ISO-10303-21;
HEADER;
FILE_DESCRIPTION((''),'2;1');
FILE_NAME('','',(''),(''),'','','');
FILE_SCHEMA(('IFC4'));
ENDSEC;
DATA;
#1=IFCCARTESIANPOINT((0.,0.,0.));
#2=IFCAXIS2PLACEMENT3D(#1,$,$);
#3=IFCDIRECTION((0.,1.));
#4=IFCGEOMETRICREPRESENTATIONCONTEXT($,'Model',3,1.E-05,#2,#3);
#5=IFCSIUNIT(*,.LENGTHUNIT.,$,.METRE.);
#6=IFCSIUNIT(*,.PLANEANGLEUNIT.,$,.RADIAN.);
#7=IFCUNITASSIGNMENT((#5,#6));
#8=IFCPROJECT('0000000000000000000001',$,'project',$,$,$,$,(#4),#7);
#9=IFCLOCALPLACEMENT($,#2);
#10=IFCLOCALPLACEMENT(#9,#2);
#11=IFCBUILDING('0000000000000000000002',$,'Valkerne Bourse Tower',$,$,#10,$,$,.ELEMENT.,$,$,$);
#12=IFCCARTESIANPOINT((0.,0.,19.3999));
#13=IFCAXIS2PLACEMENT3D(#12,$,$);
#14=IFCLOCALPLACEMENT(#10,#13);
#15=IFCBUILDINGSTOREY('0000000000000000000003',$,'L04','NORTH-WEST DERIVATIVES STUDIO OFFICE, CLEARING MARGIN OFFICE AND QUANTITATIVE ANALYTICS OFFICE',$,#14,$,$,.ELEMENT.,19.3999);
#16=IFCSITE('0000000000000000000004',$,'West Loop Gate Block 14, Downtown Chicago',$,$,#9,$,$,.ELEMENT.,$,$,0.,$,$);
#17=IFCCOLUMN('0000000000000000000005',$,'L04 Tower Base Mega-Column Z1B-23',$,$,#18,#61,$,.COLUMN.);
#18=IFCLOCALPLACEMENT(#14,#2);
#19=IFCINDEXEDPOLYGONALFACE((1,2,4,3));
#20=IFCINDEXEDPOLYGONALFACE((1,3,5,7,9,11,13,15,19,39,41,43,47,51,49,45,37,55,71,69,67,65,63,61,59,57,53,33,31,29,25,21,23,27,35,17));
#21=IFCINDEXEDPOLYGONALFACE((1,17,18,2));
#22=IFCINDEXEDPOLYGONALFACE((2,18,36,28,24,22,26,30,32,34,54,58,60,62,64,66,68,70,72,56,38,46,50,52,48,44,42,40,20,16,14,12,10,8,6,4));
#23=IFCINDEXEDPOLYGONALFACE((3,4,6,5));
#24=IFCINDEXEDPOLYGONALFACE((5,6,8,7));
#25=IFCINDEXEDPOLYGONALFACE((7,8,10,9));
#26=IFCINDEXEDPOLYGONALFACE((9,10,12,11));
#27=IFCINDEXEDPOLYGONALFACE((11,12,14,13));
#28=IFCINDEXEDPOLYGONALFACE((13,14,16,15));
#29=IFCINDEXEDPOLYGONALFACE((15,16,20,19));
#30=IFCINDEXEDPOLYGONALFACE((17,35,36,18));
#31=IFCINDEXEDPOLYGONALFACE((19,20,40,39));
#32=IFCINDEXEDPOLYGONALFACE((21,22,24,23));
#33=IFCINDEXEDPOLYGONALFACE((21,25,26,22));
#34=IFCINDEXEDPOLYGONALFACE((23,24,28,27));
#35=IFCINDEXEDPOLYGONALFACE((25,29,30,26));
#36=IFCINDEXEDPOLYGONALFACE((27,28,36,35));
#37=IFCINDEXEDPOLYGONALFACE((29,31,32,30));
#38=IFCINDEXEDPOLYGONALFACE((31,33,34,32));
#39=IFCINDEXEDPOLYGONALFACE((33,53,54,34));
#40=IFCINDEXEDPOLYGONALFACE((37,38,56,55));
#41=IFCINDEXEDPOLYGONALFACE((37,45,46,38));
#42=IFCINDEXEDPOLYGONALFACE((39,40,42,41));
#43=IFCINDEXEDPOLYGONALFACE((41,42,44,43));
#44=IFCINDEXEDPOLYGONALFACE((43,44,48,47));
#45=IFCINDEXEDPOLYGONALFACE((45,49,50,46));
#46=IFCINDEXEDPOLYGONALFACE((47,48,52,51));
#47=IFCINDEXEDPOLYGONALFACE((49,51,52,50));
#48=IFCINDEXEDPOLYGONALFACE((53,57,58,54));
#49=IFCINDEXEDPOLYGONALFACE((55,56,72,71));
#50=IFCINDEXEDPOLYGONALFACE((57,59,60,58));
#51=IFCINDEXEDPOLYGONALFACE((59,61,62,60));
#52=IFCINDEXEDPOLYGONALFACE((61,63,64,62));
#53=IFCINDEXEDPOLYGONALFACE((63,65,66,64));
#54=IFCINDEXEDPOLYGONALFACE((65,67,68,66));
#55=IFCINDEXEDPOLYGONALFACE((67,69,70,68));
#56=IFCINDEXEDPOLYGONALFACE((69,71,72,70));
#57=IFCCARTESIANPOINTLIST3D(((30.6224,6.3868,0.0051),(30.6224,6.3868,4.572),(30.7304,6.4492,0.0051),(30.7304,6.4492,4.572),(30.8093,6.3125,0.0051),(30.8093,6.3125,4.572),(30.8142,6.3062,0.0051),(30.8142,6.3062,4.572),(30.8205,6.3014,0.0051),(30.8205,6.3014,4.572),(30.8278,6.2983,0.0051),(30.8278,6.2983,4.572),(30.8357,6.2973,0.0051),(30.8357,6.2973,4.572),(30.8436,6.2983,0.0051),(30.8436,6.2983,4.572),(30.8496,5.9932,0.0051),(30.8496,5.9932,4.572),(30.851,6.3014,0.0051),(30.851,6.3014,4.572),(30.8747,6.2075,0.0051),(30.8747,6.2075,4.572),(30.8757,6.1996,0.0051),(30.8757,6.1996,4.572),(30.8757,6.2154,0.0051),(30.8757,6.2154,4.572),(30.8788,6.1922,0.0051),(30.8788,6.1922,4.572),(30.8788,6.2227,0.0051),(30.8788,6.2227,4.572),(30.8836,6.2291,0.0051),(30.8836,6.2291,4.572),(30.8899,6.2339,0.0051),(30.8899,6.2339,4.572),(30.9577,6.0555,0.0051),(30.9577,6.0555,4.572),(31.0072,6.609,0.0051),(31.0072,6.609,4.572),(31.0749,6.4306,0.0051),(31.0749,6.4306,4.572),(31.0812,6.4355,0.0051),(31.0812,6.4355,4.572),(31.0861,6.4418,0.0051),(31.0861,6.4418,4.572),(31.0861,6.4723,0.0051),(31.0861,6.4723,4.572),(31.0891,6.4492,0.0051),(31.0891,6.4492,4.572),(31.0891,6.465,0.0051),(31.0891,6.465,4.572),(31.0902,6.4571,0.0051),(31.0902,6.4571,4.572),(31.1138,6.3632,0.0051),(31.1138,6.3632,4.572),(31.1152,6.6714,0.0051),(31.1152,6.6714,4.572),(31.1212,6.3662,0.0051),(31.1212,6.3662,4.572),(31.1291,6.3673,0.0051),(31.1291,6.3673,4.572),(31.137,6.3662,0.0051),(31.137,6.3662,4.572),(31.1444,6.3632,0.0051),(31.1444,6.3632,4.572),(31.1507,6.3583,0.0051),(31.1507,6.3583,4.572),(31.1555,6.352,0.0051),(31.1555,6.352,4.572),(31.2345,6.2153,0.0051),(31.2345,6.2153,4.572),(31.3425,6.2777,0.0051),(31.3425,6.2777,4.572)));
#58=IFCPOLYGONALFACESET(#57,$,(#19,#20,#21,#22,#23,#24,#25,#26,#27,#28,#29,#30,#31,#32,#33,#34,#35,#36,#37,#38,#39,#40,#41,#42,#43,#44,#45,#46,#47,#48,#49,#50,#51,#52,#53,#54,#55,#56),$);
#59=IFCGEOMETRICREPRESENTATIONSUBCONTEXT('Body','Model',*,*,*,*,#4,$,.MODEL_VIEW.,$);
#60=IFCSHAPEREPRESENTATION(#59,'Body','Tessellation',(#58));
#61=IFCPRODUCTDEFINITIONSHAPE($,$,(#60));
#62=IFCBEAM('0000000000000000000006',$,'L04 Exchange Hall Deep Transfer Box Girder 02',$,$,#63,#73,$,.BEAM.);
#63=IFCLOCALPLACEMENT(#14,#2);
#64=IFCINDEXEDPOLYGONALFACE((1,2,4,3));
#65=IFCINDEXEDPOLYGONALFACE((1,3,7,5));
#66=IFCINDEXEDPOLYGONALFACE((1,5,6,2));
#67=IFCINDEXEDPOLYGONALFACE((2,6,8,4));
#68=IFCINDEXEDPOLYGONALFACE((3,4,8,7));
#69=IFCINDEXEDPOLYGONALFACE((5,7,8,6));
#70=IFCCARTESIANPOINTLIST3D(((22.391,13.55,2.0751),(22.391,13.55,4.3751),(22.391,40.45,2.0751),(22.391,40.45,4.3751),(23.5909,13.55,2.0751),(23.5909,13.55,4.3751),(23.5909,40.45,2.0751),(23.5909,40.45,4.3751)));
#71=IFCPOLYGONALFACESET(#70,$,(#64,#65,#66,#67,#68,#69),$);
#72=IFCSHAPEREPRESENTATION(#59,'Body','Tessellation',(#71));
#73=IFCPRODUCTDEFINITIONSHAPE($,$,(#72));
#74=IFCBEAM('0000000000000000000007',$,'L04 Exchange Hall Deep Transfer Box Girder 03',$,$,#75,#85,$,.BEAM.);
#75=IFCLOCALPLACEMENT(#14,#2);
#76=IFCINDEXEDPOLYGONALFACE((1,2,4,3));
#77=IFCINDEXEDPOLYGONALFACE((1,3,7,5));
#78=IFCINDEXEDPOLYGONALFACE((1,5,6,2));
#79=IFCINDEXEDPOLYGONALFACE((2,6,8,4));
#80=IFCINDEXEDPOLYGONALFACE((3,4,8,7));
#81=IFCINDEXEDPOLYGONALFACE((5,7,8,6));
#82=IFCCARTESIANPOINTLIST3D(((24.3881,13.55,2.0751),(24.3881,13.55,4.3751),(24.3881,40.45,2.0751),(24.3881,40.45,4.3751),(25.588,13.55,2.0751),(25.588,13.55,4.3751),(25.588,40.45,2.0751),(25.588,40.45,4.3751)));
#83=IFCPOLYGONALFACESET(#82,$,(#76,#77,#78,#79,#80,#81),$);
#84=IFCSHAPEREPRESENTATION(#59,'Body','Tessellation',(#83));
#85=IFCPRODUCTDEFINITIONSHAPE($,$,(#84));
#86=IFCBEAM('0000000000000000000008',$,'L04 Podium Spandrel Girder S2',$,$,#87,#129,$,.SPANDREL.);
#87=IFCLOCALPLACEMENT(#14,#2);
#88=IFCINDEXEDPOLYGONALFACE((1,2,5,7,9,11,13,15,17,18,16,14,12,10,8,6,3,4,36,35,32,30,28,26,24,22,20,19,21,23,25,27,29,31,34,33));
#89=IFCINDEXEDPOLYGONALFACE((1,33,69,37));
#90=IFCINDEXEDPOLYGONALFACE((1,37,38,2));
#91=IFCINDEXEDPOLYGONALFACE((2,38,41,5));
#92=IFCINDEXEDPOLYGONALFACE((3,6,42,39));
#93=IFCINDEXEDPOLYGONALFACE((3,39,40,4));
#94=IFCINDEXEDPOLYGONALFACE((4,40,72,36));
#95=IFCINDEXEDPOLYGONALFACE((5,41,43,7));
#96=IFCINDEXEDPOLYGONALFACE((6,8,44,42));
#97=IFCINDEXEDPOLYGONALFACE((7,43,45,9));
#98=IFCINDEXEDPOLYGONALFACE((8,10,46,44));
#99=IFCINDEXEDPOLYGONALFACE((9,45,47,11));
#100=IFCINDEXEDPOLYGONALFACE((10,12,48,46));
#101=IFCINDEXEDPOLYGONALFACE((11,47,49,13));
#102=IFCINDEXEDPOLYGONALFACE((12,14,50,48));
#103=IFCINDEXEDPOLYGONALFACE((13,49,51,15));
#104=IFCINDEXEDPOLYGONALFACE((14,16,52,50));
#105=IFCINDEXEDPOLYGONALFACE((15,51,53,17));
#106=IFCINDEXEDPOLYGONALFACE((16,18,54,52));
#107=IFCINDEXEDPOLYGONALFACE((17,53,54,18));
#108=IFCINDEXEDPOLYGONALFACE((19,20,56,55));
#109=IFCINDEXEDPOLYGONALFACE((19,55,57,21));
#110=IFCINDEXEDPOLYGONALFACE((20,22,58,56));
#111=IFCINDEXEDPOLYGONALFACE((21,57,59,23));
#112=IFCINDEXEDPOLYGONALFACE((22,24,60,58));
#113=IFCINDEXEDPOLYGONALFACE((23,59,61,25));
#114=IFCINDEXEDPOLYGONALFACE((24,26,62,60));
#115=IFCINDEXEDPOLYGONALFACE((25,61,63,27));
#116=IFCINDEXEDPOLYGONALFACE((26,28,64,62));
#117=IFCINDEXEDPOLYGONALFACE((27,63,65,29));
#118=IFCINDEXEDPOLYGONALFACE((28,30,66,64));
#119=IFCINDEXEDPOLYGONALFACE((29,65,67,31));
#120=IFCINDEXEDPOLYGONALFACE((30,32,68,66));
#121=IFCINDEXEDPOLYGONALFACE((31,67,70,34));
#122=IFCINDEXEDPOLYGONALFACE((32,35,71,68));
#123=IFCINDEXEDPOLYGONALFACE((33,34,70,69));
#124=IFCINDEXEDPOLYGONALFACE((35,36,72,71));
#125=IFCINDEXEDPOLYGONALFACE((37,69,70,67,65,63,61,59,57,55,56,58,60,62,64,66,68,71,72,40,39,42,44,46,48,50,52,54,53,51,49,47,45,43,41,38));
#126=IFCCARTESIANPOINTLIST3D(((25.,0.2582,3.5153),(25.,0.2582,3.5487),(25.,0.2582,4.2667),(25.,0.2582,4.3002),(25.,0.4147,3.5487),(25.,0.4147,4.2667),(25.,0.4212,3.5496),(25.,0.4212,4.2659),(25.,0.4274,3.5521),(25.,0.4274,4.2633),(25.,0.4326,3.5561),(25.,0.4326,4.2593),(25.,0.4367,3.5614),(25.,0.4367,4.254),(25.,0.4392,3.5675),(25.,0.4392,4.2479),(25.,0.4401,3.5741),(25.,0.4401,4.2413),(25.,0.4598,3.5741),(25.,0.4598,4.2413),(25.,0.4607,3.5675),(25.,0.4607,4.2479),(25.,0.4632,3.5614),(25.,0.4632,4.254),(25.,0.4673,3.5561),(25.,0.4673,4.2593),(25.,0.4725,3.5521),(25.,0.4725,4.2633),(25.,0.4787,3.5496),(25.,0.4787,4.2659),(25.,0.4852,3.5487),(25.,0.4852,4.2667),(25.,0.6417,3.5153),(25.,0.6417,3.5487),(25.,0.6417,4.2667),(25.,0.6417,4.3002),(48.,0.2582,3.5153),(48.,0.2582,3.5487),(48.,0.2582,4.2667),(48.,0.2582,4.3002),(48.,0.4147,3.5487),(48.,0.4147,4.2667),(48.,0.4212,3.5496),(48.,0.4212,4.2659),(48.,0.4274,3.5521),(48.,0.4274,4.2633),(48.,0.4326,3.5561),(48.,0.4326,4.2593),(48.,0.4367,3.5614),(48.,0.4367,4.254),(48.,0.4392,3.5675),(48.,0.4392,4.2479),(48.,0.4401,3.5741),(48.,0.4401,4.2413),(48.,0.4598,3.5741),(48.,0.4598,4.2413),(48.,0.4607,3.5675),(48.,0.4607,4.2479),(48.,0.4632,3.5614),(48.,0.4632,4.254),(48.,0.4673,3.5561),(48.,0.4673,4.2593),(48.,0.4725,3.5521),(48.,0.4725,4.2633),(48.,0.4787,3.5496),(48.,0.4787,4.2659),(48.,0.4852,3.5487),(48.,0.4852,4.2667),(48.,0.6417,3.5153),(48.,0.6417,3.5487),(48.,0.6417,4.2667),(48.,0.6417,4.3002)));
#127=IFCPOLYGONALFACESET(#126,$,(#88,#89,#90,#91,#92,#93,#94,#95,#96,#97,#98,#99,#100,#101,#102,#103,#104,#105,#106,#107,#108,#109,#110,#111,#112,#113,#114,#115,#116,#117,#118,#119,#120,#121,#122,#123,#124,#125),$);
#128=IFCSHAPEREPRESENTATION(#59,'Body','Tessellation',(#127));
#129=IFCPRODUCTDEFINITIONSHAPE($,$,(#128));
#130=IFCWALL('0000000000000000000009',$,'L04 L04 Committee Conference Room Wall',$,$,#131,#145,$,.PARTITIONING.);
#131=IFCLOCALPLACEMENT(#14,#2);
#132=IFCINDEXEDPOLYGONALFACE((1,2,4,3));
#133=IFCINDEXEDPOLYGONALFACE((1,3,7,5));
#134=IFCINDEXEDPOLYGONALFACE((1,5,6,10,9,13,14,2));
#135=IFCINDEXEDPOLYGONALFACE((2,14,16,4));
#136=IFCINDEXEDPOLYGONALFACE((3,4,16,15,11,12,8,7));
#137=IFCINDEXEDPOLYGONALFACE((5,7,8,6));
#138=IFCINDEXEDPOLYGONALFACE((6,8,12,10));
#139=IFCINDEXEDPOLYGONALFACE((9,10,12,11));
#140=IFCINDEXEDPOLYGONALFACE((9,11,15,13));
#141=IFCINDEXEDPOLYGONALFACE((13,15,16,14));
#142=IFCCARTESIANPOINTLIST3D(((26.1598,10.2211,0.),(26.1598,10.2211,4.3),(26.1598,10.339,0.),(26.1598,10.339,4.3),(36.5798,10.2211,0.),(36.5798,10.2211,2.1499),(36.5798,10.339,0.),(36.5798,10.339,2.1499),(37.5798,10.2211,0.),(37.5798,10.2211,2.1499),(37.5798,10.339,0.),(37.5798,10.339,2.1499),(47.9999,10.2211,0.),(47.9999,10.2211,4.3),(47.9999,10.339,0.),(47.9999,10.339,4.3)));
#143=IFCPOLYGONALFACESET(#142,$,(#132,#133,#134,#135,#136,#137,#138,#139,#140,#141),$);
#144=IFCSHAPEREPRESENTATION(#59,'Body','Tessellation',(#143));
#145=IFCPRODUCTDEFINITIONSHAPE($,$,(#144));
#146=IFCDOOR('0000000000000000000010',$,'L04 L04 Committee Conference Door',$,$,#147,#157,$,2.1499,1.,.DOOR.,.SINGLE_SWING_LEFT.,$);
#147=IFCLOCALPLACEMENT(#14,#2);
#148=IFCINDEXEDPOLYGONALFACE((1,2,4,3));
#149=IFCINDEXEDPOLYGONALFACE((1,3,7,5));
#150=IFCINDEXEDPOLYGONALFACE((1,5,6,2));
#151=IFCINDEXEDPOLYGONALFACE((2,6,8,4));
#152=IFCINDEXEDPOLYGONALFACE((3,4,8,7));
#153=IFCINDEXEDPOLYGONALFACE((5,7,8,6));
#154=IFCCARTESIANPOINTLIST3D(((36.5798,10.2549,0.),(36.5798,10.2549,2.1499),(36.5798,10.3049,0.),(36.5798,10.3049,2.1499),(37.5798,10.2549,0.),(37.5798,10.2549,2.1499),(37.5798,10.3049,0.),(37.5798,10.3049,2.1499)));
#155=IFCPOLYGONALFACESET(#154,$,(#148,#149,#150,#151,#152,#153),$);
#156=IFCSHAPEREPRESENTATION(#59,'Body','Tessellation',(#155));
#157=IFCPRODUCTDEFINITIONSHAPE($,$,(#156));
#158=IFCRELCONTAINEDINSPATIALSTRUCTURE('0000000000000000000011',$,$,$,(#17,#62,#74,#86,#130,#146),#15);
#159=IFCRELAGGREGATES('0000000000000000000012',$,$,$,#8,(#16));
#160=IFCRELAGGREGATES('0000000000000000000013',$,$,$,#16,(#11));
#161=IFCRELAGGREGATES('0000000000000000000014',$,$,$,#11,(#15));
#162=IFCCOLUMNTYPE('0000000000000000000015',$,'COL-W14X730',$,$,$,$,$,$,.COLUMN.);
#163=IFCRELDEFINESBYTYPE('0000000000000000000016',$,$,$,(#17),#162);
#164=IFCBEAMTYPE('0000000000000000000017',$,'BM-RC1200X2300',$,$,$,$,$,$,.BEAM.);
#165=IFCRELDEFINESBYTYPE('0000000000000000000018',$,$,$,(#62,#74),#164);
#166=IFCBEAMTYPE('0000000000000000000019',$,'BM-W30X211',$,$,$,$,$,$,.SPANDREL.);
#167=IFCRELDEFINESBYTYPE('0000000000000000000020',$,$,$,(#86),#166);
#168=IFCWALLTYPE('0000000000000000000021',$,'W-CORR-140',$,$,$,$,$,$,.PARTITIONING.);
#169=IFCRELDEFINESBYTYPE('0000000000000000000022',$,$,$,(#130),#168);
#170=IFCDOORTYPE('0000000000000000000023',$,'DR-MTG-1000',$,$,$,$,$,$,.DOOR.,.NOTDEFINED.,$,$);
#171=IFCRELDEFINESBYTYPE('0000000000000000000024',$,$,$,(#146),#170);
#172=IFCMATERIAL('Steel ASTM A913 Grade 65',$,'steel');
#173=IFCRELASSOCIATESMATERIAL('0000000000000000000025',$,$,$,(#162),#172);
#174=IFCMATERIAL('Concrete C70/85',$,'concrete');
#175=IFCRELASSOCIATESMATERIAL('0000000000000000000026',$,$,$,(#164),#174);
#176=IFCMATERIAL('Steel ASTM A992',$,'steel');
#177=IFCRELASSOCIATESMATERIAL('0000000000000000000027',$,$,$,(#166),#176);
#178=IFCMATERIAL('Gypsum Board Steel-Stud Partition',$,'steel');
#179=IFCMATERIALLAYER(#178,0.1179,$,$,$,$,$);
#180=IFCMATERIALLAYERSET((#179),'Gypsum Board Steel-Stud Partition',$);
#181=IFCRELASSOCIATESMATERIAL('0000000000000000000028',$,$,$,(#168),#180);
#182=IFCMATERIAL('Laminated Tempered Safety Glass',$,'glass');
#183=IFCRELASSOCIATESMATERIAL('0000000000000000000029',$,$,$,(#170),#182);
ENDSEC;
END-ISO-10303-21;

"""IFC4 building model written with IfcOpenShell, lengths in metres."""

from ifc_helpers import new_model, si_unit, direction, frame, frame_2d, origin, origin_2d, place, context, subcontext, project, spatial, rectangle, i_section, extrude, material, layer, layer_set, material_profile, profile_set, type_object, element, fill, save


model = new_model("IFC4")

# Units and contexts
model_context = context("Model", 3, precision=1e-05, world=origin(), true_north=direction((0.0, 1.0)))
body_context = subcontext(model_context, "Body", "Model", "MODEL_VIEW")
ifc_project = project(units=[si_unit("LENGTHUNIT", "METRE"), si_unit("PLANEANGLEUNIT", "RADIAN")], contexts=[model_context])

# Site, building, storey
site_placement = place(None, origin())
site = spatial("IfcSite", under=ifc_project, at=site_placement, Name="West Loop Gate Block 14, Downtown Chicago", CompositionType="ELEMENT", RefElevation=0.0)
building_placement = place(site_placement, origin())
building = spatial("IfcBuilding", under=site, at=building_placement, Name="Valkerne Bourse Tower", CompositionType="ELEMENT")
storey_placement = place(building_placement, frame((0.0, 0.0, 19.3999)))
storey = spatial("IfcBuildingStorey", under=building, at=storey_placement, Name="L04", Description="NORTH-WEST DERIVATIVES STUDIO OFFICE, CLEARING MARGIN OFFICE AND QUANTITATIVE ANALYTICS OFFICE", CompositionType="ELEMENT", Elevation=19.3999)

# Column
ifc_material_1 = material(Name="Concrete C70/85", Category="concrete")
ifc_material_2 = material(Name="Steel ASTM A913 Grade 65", Category="steel")
ifc_material_profile_1 = material_profile(ifc_material_2, i_section(OverallWidth=0.4546, OverallDepth=0.5691, WebThickness=0.0779, FlangeThickness=0.1248, FilletRadius=0.0305, at=origin_2d()), Name="W14X730")
ifc_profile_set_1 = profile_set([ifc_material_profile_1], Name="Steel ASTM A913 Grade 65")
column_type_1 = type_object("IfcColumnType", Name="COL-W14X730", PredefinedType="COLUMN", material=ifc_profile_set_1)
for number, where, z_axis, x_axis, name in (
    (1, (30.9824, 6.3323, 0.0051), (0.0, 0.0, 1.0), (0.5, -0.866025, 0.0), "L04 Tower Base Mega-Column Z1B-23"),
):
    element("IfcColumn", number, at=place(storey_placement, frame(where, z_axis=z_axis, x_axis=x_axis)), inside=storey, type_object=column_type_1, Name=name, PredefinedType="COLUMN", context=body_context, shape_type="SweptSolid", body=[
        extrude(i_section(OverallWidth=0.4546, OverallDepth=0.5691, WebThickness=0.0779, FlangeThickness=0.1248, FilletRadius=0.0305, at=origin_2d()), origin(), (0.0, 0.0, 1.0), 4.5669),
    ])

# Beams
ifc_material_profile_2 = material_profile(ifc_material_1, rectangle(XDim=1.2, YDim=2.3, at=origin_2d()), Name="RC1200X2300")
ifc_profile_set_2 = profile_set([ifc_material_profile_2], Name="Concrete C70/85")
beam_type_1 = type_object("IfcBeamType", Name="BM-RC1200X2300", PredefinedType="BEAM", material=ifc_profile_set_2)
for number, where, z_axis, x_axis, name in (
    (2, (22.991, 13.55, 3.2251), (0.0, 1.0, 0.0), (-1.0, 0.0, 0.0), "L04 Exchange Hall Deep Transfer Box Girder 02"),
    (3, (24.988, 13.55, 3.2251), (0.0, 1.0, 0.0), (-1.0, 0.0, 0.0), "L04 Exchange Hall Deep Transfer Box Girder 03"),
):
    element("IfcBeam", number, at=place(storey_placement, frame(where, z_axis=z_axis, x_axis=x_axis)), inside=storey, type_object=beam_type_1, Name=name, PredefinedType="BEAM", context=body_context, shape_type="SweptSolid", body=[
        extrude(rectangle(XDim=1.2, YDim=2.3, at=origin_2d()), origin(), (0.0, 0.0, 1.0), 26.8999),
    ])
ifc_material_3 = material(Name="Steel ASTM A992", Category="steel")
ifc_material_profile_3 = material_profile(ifc_material_3, i_section(OverallWidth=0.3835, OverallDepth=0.7849, WebThickness=0.0198, FlangeThickness=0.0334, FilletRadius=0.0254, at=origin_2d()), Name="W30X211")
ifc_profile_set_3 = profile_set([ifc_material_profile_3], Name="Steel ASTM A992")
beam_type_2 = type_object("IfcBeamType", Name="BM-W30X211", PredefinedType="SPANDREL", material=ifc_profile_set_3)
beam_placement = place(storey_placement, frame((25.0, 0.45, 3.9077), z_axis=(1.0, 0.0, 0.0), x_axis=(0.0, 1.0, 0.0)))
element("IfcBeam", 4, at=beam_placement, inside=storey, type_object=beam_type_2, Name="L04 Podium Spandrel Girder S2", PredefinedType="SPANDREL", context=body_context, shape_type="SweptSolid", body=[
    extrude(i_section(OverallWidth=0.3835, OverallDepth=0.7849, WebThickness=0.0198, FlangeThickness=0.0334, FilletRadius=0.0254, at=origin_2d()), origin(), (0.0, 0.0, 1.0), 23.0),
])

# Wall, opening, door
ifc_material_4 = material(Name="Gypsum Board Steel-Stud Partition", Category="steel")
ifc_layer_1 = layer(ifc_material_4, 0.1179)
ifc_layer_set_1 = layer_set([ifc_layer_1], Name="Gypsum Board Steel-Stud Partition")
wall_type_1 = type_object("IfcWallType", Name="W-CORR-140", PredefinedType="PARTITIONING", material=ifc_layer_set_1)
wall_1_placement = place(storey_placement, frame((26.1599, 10.28, 0.0), z_axis=(0.0, 0.0, 1.0), x_axis=(1.0, 0.0, 0.0)))
wall_1 = element("IfcWall", 5, at=wall_1_placement, inside=storey, type_object=wall_type_1, Name="L04 L04 Committee Conference Room Wall", PredefinedType="PARTITIONING", context=body_context, shape_type="SweptSolid", body=[
    extrude(rectangle(XDim=21.8401, YDim=0.1179, at=frame_2d((10.9199, 0.0))), origin(), (0.0, 0.0, 1.0), 4.3),
])
opening_1_placement = place(wall_1_placement, frame((10.4199, 0.0, 0.0)))
opening_1 = element("IfcOpeningElement", 6, at=opening_1_placement, cuts=wall_1, PredefinedType="OPENING", context=body_context, shape_type="SweptSolid", body=[
    extrude(rectangle(XDim=1.0, YDim=2.1499, at=frame_2d((0.5, 1.075))), frame((0.0, 0.0688, 0.0), z_axis=(0.0, -1.0, 0.0), x_axis=(1.0, 0.0, 0.0)), (0.0, 0.0, 1.0), 0.1379),
])
ifc_material_5 = material(Name="Laminated Tempered Safety Glass", Category="glass")
door_type_1 = type_object("IfcDoorType", Name="DR-MTG-1000", OperationType="NOTDEFINED", PredefinedType="DOOR", material=ifc_material_5)
door_1_placement = place(opening_1_placement, origin())
door_1 = element("IfcDoor", 7, at=door_1_placement, inside=storey, type_object=door_type_1, Name="L04 L04 Committee Conference Door", OperationType="SINGLE_SWING_LEFT", OverallHeight=2.1499, OverallWidth=1.0, PredefinedType="DOOR", context=body_context, shape_type="SweptSolid", body=[
    extrude(rectangle(XDim=1.0, YDim=2.1499, at=frame_2d((0.5, 1.075))), frame((0.0, 0.0249, 0.0), z_axis=(0.0, -1.0, 0.0), x_axis=(1.0, 0.0, 0.0)), (0.0, 0.0, 1.0), 0.05),
])
fill(opening_1, door_1)

save(model, "model.ifc")
